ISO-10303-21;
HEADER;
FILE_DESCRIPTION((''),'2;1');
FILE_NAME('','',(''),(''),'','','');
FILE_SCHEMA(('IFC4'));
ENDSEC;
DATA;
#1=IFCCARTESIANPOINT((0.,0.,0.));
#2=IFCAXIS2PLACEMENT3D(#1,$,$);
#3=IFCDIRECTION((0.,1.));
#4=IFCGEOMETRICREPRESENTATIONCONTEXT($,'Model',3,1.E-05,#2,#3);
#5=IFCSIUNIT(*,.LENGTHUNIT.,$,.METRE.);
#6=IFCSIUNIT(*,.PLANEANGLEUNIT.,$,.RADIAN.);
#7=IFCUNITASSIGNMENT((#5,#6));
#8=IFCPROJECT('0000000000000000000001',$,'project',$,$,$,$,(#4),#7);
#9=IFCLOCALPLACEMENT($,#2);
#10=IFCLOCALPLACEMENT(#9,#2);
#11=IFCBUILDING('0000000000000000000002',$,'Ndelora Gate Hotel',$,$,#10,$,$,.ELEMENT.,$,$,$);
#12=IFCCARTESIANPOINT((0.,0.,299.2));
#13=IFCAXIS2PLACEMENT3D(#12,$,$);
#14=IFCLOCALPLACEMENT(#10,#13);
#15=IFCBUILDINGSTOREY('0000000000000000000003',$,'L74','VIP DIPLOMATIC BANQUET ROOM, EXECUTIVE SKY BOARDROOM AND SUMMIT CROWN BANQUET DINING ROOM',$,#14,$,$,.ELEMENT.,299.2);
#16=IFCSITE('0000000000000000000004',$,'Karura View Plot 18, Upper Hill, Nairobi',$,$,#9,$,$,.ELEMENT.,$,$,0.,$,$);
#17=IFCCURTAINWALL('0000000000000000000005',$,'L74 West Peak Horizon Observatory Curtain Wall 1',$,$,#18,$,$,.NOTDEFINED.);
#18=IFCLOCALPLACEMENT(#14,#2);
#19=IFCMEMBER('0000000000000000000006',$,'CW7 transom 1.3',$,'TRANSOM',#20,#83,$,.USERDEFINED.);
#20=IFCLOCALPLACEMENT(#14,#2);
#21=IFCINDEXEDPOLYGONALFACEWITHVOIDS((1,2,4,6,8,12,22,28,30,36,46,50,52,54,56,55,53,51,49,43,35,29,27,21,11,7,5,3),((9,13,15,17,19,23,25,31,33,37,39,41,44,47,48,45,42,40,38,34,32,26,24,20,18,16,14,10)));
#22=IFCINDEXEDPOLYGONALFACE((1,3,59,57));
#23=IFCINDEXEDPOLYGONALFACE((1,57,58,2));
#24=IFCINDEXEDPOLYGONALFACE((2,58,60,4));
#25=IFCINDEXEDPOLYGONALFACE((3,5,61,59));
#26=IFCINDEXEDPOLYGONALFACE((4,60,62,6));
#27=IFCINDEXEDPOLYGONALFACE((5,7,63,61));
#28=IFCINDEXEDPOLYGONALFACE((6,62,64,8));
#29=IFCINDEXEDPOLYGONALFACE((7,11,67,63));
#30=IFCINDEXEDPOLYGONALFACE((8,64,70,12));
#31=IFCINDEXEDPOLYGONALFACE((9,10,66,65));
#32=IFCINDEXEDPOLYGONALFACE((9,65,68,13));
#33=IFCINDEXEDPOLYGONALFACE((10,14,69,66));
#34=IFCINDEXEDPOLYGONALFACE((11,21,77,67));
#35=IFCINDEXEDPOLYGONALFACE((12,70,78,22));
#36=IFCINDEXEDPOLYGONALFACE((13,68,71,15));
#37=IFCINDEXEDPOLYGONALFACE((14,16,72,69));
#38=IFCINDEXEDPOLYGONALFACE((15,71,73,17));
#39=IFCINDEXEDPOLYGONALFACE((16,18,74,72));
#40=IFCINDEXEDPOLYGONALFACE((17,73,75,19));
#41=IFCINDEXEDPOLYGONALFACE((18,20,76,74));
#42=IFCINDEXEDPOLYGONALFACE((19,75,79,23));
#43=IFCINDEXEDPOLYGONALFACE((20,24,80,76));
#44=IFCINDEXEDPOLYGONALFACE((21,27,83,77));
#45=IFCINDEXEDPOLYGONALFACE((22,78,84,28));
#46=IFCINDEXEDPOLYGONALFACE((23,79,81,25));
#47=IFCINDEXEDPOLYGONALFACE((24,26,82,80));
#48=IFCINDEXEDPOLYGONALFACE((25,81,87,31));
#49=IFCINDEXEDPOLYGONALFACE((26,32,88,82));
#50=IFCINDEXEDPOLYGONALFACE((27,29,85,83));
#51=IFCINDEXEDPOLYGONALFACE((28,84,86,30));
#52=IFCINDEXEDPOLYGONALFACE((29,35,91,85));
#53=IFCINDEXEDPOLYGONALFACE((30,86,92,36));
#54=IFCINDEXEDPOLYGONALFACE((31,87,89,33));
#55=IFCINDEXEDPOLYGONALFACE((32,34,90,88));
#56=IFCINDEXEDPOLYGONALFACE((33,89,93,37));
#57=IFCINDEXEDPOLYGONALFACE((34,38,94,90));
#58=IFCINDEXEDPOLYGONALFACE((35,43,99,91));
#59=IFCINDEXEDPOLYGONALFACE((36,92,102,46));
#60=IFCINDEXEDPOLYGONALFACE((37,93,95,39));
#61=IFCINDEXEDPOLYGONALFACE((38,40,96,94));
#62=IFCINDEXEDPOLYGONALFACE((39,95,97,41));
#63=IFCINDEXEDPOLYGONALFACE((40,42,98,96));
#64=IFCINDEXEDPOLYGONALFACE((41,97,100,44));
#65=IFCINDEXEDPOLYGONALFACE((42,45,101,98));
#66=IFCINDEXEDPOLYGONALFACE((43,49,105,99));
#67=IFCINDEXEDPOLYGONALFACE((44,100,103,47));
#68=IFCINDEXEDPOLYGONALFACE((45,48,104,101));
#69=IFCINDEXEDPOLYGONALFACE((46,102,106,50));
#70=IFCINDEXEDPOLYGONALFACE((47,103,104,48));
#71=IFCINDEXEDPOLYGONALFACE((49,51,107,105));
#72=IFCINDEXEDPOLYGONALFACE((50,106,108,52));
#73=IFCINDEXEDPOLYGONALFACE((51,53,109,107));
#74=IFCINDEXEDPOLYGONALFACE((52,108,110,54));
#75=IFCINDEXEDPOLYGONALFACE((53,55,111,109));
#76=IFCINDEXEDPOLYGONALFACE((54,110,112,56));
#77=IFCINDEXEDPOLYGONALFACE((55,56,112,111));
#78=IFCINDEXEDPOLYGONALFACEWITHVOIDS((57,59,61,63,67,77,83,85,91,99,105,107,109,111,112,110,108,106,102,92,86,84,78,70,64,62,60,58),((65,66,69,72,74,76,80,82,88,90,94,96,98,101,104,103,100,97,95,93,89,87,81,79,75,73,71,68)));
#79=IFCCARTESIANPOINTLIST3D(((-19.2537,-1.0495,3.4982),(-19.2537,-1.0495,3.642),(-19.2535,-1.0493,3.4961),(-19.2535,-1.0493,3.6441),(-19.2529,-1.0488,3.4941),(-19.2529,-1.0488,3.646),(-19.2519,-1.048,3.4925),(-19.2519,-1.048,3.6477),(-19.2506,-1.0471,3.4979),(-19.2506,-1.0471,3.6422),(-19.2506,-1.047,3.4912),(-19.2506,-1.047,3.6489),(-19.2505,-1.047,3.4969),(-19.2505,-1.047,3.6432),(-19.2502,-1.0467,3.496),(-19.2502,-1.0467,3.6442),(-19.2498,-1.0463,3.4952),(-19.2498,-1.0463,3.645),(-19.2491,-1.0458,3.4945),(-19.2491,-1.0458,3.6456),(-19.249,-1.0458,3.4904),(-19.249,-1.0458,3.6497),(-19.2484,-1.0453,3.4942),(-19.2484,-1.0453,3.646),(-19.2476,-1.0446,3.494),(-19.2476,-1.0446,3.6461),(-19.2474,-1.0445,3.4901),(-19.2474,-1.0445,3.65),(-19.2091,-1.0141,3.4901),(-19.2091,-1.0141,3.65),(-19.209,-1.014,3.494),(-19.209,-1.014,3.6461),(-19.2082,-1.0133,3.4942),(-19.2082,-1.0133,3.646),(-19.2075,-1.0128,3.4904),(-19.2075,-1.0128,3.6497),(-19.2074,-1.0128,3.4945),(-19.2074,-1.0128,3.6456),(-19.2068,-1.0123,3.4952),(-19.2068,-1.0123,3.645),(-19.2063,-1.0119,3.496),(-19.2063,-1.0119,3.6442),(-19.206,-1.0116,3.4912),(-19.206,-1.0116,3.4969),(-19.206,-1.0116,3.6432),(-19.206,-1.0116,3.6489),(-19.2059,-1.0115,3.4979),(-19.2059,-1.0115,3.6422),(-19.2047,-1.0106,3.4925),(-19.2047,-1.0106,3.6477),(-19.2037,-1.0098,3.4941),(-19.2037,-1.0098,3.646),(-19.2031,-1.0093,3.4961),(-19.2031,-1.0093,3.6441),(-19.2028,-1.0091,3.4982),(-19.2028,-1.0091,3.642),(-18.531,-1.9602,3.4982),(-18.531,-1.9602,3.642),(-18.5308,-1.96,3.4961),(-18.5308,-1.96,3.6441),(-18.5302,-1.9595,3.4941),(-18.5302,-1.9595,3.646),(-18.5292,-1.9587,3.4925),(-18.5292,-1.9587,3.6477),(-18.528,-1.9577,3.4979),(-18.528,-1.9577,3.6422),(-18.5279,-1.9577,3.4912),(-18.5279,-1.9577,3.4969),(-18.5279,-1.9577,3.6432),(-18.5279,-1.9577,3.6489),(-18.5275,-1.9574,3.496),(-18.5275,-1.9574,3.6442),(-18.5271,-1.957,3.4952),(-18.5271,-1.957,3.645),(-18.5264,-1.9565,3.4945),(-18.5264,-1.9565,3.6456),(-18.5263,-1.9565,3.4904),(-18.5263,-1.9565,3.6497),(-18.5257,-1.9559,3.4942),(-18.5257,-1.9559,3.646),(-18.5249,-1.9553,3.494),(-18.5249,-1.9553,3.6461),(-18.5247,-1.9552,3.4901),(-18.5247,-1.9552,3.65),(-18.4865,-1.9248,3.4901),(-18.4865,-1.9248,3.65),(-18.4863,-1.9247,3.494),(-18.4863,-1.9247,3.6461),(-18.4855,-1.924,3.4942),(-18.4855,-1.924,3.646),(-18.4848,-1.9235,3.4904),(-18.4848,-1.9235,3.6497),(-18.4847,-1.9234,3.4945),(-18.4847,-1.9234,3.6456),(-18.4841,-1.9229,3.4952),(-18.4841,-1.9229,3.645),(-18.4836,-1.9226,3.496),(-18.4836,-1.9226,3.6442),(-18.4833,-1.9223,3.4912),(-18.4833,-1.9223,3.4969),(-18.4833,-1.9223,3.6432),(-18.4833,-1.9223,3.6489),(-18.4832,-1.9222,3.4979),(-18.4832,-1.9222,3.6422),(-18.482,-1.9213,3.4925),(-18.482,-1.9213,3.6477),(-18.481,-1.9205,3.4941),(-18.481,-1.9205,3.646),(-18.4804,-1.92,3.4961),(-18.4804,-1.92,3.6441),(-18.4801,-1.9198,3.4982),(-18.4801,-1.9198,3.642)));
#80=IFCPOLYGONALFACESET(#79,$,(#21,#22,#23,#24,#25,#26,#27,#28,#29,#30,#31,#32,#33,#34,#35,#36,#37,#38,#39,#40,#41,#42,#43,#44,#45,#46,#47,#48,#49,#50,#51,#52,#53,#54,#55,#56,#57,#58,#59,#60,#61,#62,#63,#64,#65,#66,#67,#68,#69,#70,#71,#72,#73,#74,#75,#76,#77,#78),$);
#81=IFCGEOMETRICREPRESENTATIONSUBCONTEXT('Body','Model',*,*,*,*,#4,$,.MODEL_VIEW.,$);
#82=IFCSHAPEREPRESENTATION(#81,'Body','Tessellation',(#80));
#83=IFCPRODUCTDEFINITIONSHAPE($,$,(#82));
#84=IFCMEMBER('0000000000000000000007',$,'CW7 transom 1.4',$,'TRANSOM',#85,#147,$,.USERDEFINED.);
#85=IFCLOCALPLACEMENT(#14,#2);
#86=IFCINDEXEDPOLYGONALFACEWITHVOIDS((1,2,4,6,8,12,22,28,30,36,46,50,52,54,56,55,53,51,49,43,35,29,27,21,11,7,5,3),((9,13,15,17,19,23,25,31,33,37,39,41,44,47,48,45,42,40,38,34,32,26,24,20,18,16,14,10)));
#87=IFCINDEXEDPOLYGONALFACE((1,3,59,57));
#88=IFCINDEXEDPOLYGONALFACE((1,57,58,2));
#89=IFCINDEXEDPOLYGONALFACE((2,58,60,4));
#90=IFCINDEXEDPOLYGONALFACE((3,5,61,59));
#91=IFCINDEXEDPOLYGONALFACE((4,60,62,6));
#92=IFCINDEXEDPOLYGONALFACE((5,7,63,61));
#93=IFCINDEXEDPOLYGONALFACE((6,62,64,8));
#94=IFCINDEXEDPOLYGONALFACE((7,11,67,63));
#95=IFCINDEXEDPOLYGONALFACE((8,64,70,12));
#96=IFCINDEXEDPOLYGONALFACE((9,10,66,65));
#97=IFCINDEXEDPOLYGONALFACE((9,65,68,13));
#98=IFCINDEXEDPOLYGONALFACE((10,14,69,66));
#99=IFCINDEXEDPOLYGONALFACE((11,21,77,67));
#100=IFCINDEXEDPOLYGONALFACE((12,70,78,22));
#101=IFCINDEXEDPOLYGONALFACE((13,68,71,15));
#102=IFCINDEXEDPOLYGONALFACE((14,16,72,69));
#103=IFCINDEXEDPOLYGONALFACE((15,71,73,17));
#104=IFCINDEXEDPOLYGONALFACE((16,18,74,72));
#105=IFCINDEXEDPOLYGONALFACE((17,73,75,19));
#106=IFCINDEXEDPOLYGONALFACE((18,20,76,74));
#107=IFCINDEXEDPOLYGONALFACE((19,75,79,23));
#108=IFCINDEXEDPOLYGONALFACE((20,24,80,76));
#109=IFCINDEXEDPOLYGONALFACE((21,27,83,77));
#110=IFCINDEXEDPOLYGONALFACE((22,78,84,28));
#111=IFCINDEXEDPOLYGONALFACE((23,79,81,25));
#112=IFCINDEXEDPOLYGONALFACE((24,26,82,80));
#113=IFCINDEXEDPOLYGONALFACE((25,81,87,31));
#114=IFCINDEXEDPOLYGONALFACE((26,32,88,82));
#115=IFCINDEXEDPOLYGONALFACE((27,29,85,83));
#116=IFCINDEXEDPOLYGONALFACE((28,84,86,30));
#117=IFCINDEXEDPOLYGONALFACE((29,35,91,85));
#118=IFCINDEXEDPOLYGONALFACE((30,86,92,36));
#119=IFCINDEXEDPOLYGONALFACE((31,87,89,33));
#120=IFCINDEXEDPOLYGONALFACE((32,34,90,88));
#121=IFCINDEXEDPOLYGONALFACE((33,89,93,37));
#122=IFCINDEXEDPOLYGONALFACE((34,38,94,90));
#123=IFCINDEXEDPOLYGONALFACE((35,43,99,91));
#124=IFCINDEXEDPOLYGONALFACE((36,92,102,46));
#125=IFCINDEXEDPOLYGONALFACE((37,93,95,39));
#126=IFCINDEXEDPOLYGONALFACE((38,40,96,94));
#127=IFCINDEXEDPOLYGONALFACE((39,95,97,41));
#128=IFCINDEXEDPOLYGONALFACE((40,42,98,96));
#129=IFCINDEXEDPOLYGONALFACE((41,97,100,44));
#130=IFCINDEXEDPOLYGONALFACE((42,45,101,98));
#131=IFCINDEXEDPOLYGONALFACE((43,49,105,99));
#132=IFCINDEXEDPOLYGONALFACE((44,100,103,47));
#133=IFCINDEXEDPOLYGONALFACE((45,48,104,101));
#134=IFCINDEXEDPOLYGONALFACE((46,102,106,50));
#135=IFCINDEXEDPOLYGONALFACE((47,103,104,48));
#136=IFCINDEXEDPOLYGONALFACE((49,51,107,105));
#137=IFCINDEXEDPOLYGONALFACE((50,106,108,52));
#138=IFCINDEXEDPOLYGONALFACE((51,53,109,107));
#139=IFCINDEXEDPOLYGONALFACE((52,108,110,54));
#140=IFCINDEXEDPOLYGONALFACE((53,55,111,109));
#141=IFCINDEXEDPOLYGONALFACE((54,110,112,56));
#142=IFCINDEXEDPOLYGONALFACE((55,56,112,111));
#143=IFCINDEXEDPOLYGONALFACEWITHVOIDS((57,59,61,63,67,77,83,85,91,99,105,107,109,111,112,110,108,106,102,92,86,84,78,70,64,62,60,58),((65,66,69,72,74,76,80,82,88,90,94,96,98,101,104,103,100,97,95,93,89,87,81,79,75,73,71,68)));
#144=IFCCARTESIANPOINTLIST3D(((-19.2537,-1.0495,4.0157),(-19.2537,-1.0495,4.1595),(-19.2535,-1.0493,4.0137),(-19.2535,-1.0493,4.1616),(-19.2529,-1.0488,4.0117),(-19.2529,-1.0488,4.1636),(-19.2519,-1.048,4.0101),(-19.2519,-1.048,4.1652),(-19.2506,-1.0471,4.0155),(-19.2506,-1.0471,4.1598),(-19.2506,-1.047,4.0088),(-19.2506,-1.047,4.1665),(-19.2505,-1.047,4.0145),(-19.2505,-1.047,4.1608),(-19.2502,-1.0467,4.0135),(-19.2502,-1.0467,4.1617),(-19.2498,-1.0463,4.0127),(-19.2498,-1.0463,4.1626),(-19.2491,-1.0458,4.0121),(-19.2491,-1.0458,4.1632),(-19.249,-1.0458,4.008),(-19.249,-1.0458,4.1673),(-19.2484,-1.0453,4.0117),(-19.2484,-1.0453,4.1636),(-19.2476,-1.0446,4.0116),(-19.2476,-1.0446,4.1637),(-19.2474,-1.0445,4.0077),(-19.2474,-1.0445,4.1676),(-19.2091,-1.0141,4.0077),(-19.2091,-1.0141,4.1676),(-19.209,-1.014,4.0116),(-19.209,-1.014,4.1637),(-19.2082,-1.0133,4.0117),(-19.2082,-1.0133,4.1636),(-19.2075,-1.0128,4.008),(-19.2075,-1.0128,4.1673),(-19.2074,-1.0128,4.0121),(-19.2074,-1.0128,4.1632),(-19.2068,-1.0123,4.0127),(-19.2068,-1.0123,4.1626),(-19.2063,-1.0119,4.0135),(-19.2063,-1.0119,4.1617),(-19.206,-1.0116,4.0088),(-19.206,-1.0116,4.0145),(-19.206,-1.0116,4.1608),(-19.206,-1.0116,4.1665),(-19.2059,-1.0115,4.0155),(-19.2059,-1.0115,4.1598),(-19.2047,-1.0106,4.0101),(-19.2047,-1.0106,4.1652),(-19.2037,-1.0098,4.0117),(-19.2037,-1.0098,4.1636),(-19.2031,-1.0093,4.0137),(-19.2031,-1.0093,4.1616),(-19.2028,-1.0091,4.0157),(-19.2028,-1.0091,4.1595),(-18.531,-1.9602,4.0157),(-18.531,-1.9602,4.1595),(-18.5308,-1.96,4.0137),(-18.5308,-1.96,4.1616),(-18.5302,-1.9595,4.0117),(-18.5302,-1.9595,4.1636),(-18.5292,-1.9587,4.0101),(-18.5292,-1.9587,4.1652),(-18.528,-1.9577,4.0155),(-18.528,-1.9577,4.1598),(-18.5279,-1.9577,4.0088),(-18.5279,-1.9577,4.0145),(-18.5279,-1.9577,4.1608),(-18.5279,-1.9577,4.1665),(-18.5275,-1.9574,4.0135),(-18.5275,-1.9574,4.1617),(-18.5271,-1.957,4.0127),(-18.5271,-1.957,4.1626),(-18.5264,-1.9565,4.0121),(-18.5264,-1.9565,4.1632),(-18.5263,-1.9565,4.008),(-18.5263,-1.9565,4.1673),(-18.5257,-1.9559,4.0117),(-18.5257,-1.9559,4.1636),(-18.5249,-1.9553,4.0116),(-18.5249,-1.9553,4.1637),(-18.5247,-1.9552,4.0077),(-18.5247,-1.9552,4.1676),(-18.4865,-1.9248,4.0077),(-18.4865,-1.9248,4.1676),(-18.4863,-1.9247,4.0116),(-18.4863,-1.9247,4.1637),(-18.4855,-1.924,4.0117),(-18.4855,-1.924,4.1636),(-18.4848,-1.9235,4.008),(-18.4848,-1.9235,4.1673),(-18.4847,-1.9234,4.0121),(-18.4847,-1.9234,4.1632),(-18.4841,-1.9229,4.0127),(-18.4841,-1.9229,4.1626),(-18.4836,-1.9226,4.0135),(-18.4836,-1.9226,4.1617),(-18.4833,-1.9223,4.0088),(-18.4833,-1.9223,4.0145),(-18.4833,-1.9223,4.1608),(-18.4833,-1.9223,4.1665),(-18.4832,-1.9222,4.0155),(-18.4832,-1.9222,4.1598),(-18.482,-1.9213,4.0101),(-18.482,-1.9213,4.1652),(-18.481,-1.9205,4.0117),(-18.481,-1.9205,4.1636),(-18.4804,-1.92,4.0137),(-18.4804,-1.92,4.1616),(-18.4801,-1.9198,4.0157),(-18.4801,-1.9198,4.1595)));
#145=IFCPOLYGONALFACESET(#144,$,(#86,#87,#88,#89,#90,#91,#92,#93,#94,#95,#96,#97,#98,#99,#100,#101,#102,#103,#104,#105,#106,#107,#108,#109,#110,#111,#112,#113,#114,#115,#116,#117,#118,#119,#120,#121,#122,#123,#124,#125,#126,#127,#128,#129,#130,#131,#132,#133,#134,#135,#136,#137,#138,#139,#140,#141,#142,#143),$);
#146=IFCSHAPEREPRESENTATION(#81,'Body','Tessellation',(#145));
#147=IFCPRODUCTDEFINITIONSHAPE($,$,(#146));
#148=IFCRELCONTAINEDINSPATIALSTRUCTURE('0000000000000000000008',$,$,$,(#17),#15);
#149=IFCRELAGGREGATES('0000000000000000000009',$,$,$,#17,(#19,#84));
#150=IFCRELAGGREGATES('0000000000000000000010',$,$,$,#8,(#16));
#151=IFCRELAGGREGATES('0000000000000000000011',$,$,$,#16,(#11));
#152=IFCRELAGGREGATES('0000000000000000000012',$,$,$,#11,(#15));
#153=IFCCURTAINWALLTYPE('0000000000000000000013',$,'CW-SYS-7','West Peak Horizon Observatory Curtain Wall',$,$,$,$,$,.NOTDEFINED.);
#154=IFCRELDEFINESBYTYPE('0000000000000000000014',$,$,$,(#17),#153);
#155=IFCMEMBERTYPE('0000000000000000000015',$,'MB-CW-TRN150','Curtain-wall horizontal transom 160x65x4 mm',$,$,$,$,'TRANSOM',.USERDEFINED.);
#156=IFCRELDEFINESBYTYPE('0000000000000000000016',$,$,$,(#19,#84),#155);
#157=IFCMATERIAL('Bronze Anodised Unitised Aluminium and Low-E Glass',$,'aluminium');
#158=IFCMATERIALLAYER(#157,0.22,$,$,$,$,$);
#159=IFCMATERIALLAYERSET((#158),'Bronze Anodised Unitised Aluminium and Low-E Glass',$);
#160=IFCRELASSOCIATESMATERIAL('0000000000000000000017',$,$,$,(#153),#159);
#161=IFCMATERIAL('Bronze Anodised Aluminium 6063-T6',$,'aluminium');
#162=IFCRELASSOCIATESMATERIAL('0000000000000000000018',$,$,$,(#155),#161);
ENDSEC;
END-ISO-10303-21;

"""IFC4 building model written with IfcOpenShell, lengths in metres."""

from ifc_helpers import new_model, si_unit, direction, frame, origin, origin_2d, place, context, subcontext, project, spatial, hollow_rectangle, extrude, material, layer, layer_set, material_profile, profile_set, type_object, element, aggregate, save


model = new_model("IFC4")

# Units and contexts
model_context = context("Model", 3, precision=1e-05, world=origin(), true_north=direction((0.0, 1.0)))
body_context = subcontext(model_context, "Body", "Model", "MODEL_VIEW")
ifc_project = project(units=[si_unit("LENGTHUNIT", "METRE"), si_unit("PLANEANGLEUNIT", "RADIAN")], contexts=[model_context])

# Site, building, storey
site_placement = place(None, origin())
site = spatial("IfcSite", under=ifc_project, at=site_placement, Name="Karura View Plot 18, Upper Hill, Nairobi", CompositionType="ELEMENT", RefElevation=0.0)
building_placement = place(site_placement, origin())
building = spatial("IfcBuilding", under=site, at=building_placement, Name="Ndelora Gate Hotel", CompositionType="ELEMENT")
storey_placement = place(building_placement, frame((0.0, 0.0, 299.2)))
storey = spatial("IfcBuildingStorey", under=building, at=storey_placement, Name="L74", Description="VIP DIPLOMATIC BANQUET ROOM, EXECUTIVE SKY BOARDROOM AND SUMMIT CROWN BANQUET DINING ROOM", CompositionType="ELEMENT", Elevation=299.2)

# Curtain wall
ifc_material_1 = material(Name="Bronze Anodised Unitised Aluminium and Low-E Glass", Category="aluminium")
ifc_layer_1 = layer(ifc_material_1, 0.22)
ifc_layer_set_1 = layer_set([ifc_layer_1], Name="Bronze Anodised Unitised Aluminium and Low-E Glass")
curtain_wall_type = type_object("IfcCurtainWallType", Name="CW-SYS-7", Description="West Peak Horizon Observatory Curtain Wall", PredefinedType="NOTDEFINED", material=ifc_layer_set_1)
curtain_wall_1_placement = place(storey_placement, origin())
curtain_wall_1 = element("IfcCurtainWall", 1, at=curtain_wall_1_placement, inside=storey, type_object=curtain_wall_type, Name="L74 West Peak Horizon Observatory Curtain Wall 1", PredefinedType="NOTDEFINED")
ifc_material_2 = material(Name="Bronze Anodised Aluminium 6063-T6", Category="aluminium")

# Members
ifc_material_profile_1 = material_profile(ifc_material_2, hollow_rectangle(XDim=0.0649, YDim=0.1599, WallThickness=0.0039, InnerFilletRadius=0.0039, OuterFilletRadius=0.0081, at=origin_2d()), Name="ALU 160x65x4")
ifc_profile_set_1 = profile_set([ifc_material_profile_1], Name="Bronze Anodised Aluminium 6063-T6")
member_type_1 = type_object("IfcMemberType", Name="MB-CW-TRN150", Description="Curtain-wall horizontal transom 160x65x4 mm", ElementType="TRANSOM", PredefinedType="USERDEFINED", material=ifc_profile_set_1)
member_1_placement = place(storey_placement, frame((-19.2283, -1.0293, 3.5701), z_axis=(0.621617, -0.783321, 0.0), x_axis=(0.783321, 0.621617, 0.0)))
member_1 = element("IfcMember", 2, at=member_1_placement, type_object=member_type_1, Name="CW7 transom 1.3", ObjectType="TRANSOM", PredefinedType="USERDEFINED", context=body_context, shape_type="SweptSolid", body=[
    extrude(hollow_rectangle(XDim=0.0649, YDim=0.1599, WallThickness=0.0039, InnerFilletRadius=0.0039, OuterFilletRadius=0.0081, at=origin_2d()), origin(), (0.0, 0.0, 1.0), 1.1626),
])
member_2_placement = place(storey_placement, frame((-19.2283, -1.0293, 4.0876), z_axis=(0.621617, -0.783321, 0.0), x_axis=(0.783321, 0.621617, 0.0)))
member_2 = element("IfcMember", 3, at=member_2_placement, type_object=member_type_1, Name="CW7 transom 1.4", ObjectType="TRANSOM", PredefinedType="USERDEFINED", context=body_context, shape_type="SweptSolid", body=[
    extrude(hollow_rectangle(XDim=0.0649, YDim=0.1599, WallThickness=0.0039, InnerFilletRadius=0.0039, OuterFilletRadius=0.0081, at=origin_2d()), origin(), (0.0, 0.0, 1.0), 1.1626),
])

aggregate(curtain_wall_1, [member_1, member_2])

save(model, "model.ifc")
